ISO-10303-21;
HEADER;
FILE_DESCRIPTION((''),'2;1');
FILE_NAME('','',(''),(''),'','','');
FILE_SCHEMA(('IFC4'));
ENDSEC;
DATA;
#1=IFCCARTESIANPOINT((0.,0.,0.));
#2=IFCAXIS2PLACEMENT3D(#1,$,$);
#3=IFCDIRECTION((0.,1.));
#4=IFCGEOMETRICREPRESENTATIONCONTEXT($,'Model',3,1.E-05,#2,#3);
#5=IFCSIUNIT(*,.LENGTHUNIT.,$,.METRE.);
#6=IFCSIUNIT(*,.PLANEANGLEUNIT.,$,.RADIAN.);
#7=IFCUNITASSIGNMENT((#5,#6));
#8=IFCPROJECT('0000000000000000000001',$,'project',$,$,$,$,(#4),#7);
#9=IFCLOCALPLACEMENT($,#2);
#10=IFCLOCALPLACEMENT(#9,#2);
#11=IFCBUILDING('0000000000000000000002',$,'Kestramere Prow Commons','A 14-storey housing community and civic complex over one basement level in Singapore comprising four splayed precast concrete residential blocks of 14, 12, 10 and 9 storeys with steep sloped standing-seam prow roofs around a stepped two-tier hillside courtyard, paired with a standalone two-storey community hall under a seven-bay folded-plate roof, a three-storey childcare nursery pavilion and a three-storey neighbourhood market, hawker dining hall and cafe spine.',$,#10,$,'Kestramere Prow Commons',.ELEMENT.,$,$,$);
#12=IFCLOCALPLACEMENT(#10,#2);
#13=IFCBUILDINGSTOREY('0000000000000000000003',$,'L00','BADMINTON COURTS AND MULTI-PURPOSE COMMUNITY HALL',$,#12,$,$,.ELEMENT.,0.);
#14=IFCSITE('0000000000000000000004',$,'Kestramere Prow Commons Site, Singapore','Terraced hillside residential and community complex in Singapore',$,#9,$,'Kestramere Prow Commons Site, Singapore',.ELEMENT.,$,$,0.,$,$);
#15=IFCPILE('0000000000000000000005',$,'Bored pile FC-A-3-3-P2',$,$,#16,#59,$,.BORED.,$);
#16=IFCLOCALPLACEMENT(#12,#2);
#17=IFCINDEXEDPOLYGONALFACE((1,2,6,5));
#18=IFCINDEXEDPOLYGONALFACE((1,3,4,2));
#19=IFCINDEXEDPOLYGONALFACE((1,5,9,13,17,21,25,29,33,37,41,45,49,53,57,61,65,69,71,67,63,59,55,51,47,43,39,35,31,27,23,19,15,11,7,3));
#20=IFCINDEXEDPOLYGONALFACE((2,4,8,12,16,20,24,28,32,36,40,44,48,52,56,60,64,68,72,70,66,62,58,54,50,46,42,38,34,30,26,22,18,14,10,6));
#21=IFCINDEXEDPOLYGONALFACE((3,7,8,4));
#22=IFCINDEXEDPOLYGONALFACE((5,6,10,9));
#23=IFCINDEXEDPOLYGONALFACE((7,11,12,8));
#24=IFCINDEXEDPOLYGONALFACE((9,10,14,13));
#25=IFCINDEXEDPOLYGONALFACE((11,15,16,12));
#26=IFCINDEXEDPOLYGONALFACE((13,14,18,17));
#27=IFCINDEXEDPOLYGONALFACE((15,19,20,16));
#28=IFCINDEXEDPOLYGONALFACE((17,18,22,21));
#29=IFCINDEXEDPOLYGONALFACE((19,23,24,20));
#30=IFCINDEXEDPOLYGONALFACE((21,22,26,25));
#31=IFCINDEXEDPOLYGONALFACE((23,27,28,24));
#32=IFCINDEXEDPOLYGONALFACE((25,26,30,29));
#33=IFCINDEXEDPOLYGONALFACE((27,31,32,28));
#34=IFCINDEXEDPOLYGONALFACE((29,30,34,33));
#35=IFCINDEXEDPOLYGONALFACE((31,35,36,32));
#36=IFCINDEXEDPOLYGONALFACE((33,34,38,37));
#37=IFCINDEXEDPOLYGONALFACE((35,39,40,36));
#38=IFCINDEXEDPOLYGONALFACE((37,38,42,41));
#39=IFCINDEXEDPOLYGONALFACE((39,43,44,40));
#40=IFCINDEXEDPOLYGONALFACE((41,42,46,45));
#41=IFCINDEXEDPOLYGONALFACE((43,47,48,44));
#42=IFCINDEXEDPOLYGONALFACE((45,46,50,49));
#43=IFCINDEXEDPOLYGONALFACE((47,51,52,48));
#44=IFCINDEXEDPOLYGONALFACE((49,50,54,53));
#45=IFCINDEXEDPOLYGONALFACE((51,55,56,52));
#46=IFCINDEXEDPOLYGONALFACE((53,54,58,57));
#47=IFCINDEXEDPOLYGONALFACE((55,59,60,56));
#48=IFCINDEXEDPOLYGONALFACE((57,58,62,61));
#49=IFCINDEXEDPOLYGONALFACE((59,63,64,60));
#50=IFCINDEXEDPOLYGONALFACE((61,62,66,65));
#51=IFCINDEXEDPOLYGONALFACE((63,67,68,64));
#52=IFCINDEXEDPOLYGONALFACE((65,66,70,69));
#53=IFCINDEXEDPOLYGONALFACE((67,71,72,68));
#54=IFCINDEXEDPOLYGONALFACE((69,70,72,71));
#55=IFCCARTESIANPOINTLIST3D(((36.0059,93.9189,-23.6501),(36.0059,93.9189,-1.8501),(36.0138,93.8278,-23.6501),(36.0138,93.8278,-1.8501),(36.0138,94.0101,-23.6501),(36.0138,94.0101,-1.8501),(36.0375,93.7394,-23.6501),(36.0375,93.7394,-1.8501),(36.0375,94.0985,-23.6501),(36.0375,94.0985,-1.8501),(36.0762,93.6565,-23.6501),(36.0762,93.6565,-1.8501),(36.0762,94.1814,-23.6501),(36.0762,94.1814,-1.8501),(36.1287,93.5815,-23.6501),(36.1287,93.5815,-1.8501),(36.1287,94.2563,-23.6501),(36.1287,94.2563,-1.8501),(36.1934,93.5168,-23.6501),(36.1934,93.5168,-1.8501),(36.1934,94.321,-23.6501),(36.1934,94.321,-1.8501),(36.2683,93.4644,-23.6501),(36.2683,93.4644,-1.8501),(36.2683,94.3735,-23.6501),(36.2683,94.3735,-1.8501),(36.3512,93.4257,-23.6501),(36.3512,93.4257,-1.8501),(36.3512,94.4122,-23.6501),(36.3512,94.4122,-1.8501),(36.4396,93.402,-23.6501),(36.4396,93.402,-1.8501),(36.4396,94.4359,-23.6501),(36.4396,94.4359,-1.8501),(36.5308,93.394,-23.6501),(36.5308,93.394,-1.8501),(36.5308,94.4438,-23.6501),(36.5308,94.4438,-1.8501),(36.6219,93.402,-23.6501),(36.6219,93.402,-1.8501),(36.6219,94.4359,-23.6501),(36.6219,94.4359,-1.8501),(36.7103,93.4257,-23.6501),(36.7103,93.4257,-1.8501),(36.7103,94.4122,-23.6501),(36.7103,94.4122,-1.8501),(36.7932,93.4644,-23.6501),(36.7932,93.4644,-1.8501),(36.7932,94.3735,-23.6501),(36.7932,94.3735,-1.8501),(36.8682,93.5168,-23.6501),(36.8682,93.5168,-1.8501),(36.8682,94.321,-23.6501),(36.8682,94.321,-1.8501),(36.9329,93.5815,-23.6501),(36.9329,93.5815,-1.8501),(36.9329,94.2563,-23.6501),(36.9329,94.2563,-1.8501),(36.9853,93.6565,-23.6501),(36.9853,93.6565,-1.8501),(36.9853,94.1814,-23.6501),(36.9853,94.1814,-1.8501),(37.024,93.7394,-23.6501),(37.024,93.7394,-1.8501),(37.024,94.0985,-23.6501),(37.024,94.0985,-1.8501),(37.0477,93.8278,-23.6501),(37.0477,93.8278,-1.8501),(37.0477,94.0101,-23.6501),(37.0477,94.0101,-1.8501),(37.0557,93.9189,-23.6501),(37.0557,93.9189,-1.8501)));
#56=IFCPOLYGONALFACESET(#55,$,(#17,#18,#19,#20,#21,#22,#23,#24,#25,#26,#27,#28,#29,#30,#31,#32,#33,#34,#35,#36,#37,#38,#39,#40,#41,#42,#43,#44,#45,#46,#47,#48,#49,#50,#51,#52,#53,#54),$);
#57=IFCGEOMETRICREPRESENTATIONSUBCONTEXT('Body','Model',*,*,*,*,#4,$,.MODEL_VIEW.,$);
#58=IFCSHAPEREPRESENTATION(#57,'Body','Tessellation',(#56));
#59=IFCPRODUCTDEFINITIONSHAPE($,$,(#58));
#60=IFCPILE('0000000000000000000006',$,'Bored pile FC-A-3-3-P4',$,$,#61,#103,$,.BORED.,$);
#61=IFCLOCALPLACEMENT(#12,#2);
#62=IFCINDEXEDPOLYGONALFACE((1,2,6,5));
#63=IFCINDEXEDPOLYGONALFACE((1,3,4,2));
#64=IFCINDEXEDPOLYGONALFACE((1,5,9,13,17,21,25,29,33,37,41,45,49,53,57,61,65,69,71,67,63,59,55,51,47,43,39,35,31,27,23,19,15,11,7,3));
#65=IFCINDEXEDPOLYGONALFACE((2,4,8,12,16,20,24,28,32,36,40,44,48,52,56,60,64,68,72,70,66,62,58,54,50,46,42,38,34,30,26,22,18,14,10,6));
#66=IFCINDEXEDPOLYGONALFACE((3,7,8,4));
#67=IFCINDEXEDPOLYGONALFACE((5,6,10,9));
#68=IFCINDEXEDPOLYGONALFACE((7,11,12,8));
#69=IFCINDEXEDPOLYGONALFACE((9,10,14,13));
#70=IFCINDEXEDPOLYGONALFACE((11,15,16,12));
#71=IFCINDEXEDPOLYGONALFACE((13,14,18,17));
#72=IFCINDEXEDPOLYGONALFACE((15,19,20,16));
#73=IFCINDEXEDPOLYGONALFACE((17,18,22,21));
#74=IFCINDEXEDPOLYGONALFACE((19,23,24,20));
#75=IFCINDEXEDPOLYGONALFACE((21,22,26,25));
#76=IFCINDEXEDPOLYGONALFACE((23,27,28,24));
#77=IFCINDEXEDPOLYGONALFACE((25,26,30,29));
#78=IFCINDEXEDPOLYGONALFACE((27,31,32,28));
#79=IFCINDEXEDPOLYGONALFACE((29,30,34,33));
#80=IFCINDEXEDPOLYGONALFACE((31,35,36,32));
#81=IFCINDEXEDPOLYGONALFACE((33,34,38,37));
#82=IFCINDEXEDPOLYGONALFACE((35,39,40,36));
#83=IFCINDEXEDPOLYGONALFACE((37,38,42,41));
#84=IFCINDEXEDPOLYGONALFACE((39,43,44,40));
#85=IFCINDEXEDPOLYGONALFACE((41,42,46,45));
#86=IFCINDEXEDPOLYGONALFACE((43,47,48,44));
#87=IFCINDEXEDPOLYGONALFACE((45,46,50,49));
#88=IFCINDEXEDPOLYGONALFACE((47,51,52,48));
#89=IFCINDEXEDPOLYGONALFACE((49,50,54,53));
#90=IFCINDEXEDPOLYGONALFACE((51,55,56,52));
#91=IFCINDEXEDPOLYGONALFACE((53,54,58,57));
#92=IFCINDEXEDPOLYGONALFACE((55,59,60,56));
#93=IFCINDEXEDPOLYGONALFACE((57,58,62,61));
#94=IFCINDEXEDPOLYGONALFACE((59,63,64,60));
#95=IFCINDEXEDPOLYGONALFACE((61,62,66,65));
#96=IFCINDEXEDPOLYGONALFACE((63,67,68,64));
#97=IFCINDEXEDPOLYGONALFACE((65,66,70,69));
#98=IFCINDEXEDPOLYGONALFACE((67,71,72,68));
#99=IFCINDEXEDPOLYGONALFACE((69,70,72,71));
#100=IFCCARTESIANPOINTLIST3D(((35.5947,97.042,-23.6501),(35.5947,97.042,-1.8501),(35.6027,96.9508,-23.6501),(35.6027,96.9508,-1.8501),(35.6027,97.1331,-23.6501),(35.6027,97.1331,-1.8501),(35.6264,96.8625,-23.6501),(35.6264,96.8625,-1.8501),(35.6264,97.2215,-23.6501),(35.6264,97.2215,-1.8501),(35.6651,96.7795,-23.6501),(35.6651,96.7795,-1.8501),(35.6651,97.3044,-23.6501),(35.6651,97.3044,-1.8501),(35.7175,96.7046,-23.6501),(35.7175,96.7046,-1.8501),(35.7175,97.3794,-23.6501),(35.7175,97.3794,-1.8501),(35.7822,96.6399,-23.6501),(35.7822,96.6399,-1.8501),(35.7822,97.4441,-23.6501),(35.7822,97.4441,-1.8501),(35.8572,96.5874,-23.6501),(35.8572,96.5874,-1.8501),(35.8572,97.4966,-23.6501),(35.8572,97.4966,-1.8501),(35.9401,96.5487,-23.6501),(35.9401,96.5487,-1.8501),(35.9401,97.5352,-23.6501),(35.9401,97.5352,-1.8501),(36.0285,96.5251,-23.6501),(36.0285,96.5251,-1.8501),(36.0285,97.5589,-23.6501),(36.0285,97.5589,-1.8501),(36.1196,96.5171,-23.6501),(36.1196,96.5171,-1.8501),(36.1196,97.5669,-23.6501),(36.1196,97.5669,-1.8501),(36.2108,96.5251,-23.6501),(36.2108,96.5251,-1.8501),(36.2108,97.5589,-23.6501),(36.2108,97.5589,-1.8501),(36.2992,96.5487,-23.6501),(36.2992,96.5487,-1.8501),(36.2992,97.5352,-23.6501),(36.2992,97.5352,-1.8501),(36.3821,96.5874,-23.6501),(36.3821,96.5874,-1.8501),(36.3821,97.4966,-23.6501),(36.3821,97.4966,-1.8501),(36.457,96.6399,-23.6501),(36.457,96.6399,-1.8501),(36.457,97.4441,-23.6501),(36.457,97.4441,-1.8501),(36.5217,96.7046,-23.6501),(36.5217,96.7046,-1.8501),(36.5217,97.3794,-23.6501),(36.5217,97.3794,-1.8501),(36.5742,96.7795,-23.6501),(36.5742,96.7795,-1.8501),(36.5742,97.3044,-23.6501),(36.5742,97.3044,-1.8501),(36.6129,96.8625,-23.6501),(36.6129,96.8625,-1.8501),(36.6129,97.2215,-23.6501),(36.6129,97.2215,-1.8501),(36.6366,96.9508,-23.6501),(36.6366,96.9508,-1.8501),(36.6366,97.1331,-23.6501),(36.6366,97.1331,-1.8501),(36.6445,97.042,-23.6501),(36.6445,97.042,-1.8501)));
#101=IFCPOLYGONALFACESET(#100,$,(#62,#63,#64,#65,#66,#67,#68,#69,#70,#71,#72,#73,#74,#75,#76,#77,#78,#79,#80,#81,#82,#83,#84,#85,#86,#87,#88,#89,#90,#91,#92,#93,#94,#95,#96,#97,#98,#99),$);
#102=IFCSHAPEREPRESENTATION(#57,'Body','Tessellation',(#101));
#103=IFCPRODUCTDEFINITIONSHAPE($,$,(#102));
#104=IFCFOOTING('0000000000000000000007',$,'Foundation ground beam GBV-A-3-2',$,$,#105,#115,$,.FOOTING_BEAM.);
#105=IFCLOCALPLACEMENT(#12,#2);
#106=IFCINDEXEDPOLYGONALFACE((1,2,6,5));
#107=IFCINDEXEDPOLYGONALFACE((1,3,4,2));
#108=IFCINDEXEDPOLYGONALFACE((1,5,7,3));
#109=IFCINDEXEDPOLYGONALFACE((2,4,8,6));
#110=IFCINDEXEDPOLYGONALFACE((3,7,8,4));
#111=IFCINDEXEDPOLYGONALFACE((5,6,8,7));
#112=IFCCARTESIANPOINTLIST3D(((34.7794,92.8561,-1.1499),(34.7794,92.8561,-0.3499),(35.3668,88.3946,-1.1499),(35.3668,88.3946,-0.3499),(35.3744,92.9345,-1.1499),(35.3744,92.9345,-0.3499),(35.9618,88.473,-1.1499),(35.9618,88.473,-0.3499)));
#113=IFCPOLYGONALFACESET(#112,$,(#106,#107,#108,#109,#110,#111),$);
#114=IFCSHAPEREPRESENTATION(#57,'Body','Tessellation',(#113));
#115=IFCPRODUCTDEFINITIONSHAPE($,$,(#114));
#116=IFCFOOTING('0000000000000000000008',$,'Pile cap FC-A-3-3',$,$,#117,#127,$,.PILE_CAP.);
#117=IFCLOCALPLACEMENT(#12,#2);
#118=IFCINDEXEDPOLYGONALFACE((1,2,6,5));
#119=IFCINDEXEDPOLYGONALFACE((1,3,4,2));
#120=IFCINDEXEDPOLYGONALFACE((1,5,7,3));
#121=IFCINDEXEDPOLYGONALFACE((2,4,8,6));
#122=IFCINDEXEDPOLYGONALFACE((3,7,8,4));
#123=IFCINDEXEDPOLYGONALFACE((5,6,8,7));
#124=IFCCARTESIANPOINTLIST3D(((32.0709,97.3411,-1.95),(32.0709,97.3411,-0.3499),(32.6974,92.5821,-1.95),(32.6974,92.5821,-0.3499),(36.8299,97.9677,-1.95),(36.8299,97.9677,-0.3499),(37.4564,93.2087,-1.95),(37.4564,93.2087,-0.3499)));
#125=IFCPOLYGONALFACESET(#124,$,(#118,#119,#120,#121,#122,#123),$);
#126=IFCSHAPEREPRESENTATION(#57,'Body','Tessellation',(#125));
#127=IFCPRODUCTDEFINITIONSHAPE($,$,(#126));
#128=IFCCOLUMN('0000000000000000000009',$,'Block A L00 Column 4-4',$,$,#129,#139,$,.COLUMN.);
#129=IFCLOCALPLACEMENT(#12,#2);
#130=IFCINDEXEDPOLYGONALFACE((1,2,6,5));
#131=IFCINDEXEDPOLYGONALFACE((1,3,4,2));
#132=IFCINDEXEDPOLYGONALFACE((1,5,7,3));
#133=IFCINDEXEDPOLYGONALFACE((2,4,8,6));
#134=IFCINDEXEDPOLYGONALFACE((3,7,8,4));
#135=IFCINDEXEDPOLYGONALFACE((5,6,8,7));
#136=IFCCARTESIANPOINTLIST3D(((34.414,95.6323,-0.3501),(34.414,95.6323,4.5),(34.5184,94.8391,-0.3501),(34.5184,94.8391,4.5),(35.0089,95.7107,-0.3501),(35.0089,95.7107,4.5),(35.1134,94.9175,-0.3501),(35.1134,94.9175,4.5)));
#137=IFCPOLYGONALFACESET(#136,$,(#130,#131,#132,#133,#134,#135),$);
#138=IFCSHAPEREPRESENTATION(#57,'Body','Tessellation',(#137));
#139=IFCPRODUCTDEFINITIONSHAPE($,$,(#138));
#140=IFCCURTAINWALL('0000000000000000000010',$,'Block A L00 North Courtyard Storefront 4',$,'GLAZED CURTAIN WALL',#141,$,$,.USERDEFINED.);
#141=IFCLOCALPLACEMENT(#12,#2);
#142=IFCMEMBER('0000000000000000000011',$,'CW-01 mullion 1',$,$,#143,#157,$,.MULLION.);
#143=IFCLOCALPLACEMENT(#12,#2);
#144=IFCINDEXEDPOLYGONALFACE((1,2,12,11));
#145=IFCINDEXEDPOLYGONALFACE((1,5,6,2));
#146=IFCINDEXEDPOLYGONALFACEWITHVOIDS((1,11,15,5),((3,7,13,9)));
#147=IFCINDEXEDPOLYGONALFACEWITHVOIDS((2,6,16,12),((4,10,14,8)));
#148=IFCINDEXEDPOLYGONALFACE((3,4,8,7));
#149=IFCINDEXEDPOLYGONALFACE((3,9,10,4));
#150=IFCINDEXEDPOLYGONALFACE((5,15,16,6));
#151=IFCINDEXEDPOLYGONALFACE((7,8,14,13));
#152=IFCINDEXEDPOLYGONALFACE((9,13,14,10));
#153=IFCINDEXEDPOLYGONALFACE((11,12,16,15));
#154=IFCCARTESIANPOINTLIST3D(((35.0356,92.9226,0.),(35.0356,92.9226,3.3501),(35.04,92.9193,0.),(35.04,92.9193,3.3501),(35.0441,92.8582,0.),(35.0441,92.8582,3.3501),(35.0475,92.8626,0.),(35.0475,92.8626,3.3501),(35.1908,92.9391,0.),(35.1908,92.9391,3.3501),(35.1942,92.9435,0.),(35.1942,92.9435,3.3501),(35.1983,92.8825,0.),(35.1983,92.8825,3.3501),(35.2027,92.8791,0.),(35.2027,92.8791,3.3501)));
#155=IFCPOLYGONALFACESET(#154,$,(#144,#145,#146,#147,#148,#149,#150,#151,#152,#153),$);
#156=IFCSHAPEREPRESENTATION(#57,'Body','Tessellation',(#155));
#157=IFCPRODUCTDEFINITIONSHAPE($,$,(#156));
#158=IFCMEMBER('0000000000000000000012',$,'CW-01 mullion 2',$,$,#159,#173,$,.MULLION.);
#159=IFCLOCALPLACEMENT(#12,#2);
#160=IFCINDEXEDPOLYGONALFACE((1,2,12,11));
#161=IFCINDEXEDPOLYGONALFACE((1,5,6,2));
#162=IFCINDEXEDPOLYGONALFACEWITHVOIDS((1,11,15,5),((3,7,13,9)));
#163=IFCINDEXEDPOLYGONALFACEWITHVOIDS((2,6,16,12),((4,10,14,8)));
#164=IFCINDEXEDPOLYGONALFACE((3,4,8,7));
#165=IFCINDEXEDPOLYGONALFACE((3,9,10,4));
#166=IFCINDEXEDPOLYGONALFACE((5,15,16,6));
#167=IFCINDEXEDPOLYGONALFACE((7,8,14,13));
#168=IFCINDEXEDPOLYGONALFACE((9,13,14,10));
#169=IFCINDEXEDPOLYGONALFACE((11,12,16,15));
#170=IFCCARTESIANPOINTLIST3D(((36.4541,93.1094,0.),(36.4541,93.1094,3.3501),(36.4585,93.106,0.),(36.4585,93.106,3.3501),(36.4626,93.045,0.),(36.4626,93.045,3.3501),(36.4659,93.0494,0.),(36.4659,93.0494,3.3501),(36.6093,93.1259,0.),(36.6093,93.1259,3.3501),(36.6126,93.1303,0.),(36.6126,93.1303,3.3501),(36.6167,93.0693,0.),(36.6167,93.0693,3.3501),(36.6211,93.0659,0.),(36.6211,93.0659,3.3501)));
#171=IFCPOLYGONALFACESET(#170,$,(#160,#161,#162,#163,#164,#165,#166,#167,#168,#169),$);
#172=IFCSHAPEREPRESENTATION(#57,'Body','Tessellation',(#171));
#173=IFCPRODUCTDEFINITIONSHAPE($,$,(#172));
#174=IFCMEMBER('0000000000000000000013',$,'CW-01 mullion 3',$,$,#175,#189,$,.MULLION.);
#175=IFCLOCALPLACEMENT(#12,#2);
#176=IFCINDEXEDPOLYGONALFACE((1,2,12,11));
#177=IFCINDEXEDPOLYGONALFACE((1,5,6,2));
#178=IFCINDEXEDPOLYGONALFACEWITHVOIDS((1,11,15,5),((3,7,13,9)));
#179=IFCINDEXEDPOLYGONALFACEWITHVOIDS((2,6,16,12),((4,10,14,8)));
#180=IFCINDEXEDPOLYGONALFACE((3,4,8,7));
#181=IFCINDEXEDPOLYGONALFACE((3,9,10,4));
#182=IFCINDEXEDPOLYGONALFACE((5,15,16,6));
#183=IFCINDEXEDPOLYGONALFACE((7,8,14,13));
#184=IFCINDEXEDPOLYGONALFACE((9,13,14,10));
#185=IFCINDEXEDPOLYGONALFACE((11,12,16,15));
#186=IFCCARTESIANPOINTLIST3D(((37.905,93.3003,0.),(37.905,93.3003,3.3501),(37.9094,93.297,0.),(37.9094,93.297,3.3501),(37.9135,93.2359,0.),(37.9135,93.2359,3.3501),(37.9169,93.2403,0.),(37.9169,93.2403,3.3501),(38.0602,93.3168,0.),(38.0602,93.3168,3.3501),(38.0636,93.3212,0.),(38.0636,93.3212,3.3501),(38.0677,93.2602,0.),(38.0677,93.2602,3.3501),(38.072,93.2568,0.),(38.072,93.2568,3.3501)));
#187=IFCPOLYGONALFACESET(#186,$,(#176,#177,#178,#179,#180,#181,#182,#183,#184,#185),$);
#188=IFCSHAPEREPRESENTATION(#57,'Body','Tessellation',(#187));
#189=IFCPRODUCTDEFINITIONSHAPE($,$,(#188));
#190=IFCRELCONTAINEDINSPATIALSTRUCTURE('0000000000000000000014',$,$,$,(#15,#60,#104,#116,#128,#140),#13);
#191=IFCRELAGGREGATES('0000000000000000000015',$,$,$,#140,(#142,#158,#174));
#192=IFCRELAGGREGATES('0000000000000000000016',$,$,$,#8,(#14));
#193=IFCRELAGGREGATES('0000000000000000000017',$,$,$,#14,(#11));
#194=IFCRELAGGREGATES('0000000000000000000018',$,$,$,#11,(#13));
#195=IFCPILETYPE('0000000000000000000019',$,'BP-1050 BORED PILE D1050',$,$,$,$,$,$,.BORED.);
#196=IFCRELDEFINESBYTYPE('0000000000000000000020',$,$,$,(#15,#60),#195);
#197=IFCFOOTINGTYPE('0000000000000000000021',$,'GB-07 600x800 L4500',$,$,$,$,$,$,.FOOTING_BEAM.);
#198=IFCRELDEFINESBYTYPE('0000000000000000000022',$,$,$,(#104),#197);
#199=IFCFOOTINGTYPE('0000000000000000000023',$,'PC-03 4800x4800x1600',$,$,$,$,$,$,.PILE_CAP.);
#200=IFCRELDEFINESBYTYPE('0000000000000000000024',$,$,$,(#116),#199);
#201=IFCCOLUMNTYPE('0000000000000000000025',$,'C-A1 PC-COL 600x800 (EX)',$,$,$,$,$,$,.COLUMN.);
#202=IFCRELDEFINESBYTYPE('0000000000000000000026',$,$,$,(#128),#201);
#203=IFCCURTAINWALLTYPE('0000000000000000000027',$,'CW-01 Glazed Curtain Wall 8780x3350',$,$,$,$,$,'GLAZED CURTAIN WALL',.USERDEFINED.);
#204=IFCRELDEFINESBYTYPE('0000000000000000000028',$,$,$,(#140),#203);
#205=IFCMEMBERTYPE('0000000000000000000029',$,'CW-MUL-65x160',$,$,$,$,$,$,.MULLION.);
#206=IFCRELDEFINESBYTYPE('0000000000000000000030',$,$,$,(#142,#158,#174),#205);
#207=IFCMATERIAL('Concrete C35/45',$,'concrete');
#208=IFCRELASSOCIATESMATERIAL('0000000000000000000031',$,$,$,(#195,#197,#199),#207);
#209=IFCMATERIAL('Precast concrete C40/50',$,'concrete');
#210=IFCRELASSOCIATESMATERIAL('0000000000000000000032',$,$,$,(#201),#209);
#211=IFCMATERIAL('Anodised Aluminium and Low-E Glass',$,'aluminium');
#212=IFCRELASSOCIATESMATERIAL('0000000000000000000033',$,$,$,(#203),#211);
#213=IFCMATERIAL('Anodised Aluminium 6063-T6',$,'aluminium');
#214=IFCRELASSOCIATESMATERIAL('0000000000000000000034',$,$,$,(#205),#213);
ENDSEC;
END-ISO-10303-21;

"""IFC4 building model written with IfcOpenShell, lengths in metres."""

from ifc_helpers import new_model, si_unit, direction, frame, origin, origin_2d, place, context, subcontext, project, spatial, rectangle, hollow_rectangle, circle, extrude, material, material_profile, profile_set, type_object, element, aggregate, save


model = new_model("IFC4")

# Units and contexts
model_context = context("Model", 3, precision=1e-05, world=origin(), true_north=direction((0.0, 1.0)))
body_context = subcontext(model_context, "Body", "Model", "MODEL_VIEW")
ifc_project = project(units=[si_unit("LENGTHUNIT", "METRE"), si_unit("PLANEANGLEUNIT", "RADIAN")], contexts=[model_context])

# Site, building, storey
site_placement = place(None, origin())
site = spatial("IfcSite", under=ifc_project, at=site_placement, Name="Kestramere Prow Commons Site, Singapore", Description="Terraced hillside residential and community complex in Singapore", LongName="Kestramere Prow Commons Site, Singapore", CompositionType="ELEMENT", RefElevation=0.0)
building_placement = place(site_placement, origin())
building = spatial("IfcBuilding", under=site, at=building_placement, Name="Kestramere Prow Commons", Description="A 14-storey housing community and civic complex over one basement level in Singapore comprising four splayed precast concrete residential blocks of 14, 12, 10 and 9 storeys with steep sloped standing-seam prow roofs around a stepped two-tier hillside courtyard, paired with a standalone two-storey community hall under a seven-bay folded-plate roof, a three-storey childcare nursery pavilion and a three-storey neighbourhood market, hawker dining hall and cafe spine.", LongName="Kestramere Prow Commons", CompositionType="ELEMENT")
storey_placement = place(building_placement, origin())
storey = spatial("IfcBuildingStorey", under=building, at=storey_placement, Name="L00", Description="BADMINTON COURTS AND MULTI-PURPOSE COMMUNITY HALL", CompositionType="ELEMENT", Elevation=0.0)

# Piles
ifc_material_1 = material(Name="Concrete C35/45", Category="concrete")
ifc_material_profile_1 = material_profile(ifc_material_1, circle(Radius=0.5249, at=origin_2d()), Name="BORED PILE D1050")
ifc_profile_set_1 = profile_set([ifc_material_profile_1], Name="Concrete C35/45")
pile_type = type_object("IfcPileType", Name="BP-1050 BORED PILE D1050", PredefinedType="BORED", material=ifc_profile_set_1)
for number, where, z_axis, x_axis, name in (
    (1, (36.5308, 93.9189, -1.8501), (0.0, 0.0, -1.0), (1.0, 0.0, 0.0), "Bored pile FC-A-3-3-P2"),
    (2, (36.1196, 97.042, -1.8501), (0.0, 0.0, -1.0), (1.0, 0.0, 0.0), "Bored pile FC-A-3-3-P4"),
):
    element("IfcPile", number, at=place(storey_placement, frame(where, z_axis=z_axis, x_axis=x_axis)), inside=storey, type_object=pile_type, Name=name, PredefinedType="BORED", context=body_context, shape_type="SweptSolid", body=[
        extrude(circle(Radius=0.5249, at=origin_2d()), origin(), (0.0, 0.0, 1.0), 21.8),
    ])

# Footings
footing_type_1 = type_object("IfcFootingType", Name="GB-07 600x800 L4500", PredefinedType="FOOTING_BEAM", material=ifc_material_1)
footing_1_placement = place(storey_placement, frame((35.3706, 90.6646, -1.1499), z_axis=(0.0, 0.0, 1.0), x_axis=(-0.130526, 0.991445, 0.0)))
element("IfcFooting", 3, at=footing_1_placement, inside=storey, type_object=footing_type_1, Name="Foundation ground beam GBV-A-3-2", PredefinedType="FOOTING_BEAM", context=body_context, shape_type="SweptSolid", body=[
    extrude(rectangle(XDim=4.5, YDim=0.6001, at=origin_2d()), origin(), (0.0, 0.0, 1.0), 0.8),
])
footing_type_2 = type_object("IfcFootingType", Name="PC-03 4800x4800x1600", PredefinedType="PILE_CAP", material=ifc_material_1)
footing_2_placement = place(storey_placement, frame((34.7637, 95.2749, -1.95), z_axis=(0.0, 0.0, 1.0), x_axis=(0.991445, 0.130526, 0.0)))
element("IfcFooting", 4, at=footing_2_placement, inside=storey, type_object=footing_type_2, Name="Pile cap FC-A-3-3", PredefinedType="PILE_CAP", context=body_context, shape_type="SweptSolid", body=[
    extrude(rectangle(XDim=4.8, YDim=4.8, at=origin_2d()), origin(), (0.0, 0.0, 1.0), 1.6001),
])

# Column
ifc_material_2 = material(Name="Precast concrete C40/50", Category="concrete")
ifc_material_profile_2 = material_profile(ifc_material_2, rectangle(XDim=0.6001, YDim=0.8, at=origin_2d()), Name="PC-COL 600x800")
ifc_profile_set_2 = profile_set([ifc_material_profile_2], Name="Precast concrete C40/50")
column_type = type_object("IfcColumnType", Name="C-A1 PC-COL 600x800 (EX)", PredefinedType="COLUMN", material=ifc_profile_set_2)
column_placement = place(storey_placement, frame((34.7637, 95.2749, -0.3501), z_axis=(0.0, 0.0, 1.0), x_axis=(0.991445, 0.130526, 0.0)))
element("IfcColumn", 5, at=column_placement, inside=storey, type_object=column_type, Name="Block A L00 Column 4-4", PredefinedType="COLUMN", context=body_context, shape_type="SweptSolid", body=[
    extrude(rectangle(XDim=0.6001, YDim=0.8, at=origin_2d()), origin(), (0.0, 0.0, 1.0), 4.8501),
])

# Curtain wall, members
ifc_material_3 = material(Name="Anodised Aluminium and Low-E Glass", Category="aluminium")
curtain_wall_type = type_object("IfcCurtainWallType", Name="CW-01 Glazed Curtain Wall 8780x3350", ElementType="GLAZED CURTAIN WALL", PredefinedType="USERDEFINED", material=ifc_material_3)
curtain_wall_placement = place(storey_placement, origin())
curtain_wall = element("IfcCurtainWall", 6, at=curtain_wall_placement, inside=storey, type_object=curtain_wall_type, Name="Block A L00 North Courtyard Storefront 4", ObjectType="GLAZED CURTAIN WALL", PredefinedType="USERDEFINED")
ifc_material_4 = material(Name="Anodised Aluminium 6063-T6", Category="aluminium")
ifc_material_profile_3 = material_profile(ifc_material_4, hollow_rectangle(XDim=0.0649, YDim=0.1599, WallThickness=0.0039, at=origin_2d()), Name="ALU-MUL 65x160")
ifc_profile_set_3 = profile_set([ifc_material_profile_3], Name="Anodised Aluminium 6063-T6")
member_type_1 = type_object("IfcMemberType", Name="CW-MUL-65x160", PredefinedType="MULLION", material=ifc_profile_set_3)
member_1_placement = place(storey_placement, frame((35.1191, 92.9009, 0.0), z_axis=(0.0, 0.0, 1.0), x_axis=(-0.130526, 0.991445, 0.0)))
member_1 = element("IfcMember", 7, at=member_1_placement, type_object=member_type_1, Name="CW-01 mullion 1", PredefinedType="MULLION", context=body_context, shape_type="SweptSolid", body=[
    extrude(hollow_rectangle(XDim=0.0649, YDim=0.1599, WallThickness=0.0039, at=origin_2d()), origin(), (0.0, 0.0, 1.0), 3.3501),
])
member_2_placement = place(storey_placement, frame((36.5376, 93.0876, 0.0), z_axis=(0.0, 0.0, 1.0), x_axis=(-0.130526, 0.991445, 0.0)))
member_2 = element("IfcMember", 8, at=member_2_placement, type_object=member_type_1, Name="CW-01 mullion 2", PredefinedType="MULLION", context=body_context, shape_type="SweptSolid", body=[
    extrude(hollow_rectangle(XDim=0.0649, YDim=0.1599, WallThickness=0.0039, at=origin_2d()), origin(), (0.0, 0.0, 1.0), 3.3501),
])
member_3_placement = place(storey_placement, frame((37.9885, 93.2786, 0.0), z_axis=(0.0, 0.0, 1.0), x_axis=(-0.130526, 0.991445, 0.0)))
member_3 = element("IfcMember", 9, at=member_3_placement, type_object=member_type_1, Name="CW-01 mullion 3", PredefinedType="MULLION", context=body_context, shape_type="SweptSolid", body=[
    extrude(hollow_rectangle(XDim=0.0649, YDim=0.1599, WallThickness=0.0039, at=origin_2d()), origin(), (0.0, 0.0, 1.0), 3.3501),
])

aggregate(curtain_wall, [member_1, member_2, member_3])

save(model, "model.ifc")
